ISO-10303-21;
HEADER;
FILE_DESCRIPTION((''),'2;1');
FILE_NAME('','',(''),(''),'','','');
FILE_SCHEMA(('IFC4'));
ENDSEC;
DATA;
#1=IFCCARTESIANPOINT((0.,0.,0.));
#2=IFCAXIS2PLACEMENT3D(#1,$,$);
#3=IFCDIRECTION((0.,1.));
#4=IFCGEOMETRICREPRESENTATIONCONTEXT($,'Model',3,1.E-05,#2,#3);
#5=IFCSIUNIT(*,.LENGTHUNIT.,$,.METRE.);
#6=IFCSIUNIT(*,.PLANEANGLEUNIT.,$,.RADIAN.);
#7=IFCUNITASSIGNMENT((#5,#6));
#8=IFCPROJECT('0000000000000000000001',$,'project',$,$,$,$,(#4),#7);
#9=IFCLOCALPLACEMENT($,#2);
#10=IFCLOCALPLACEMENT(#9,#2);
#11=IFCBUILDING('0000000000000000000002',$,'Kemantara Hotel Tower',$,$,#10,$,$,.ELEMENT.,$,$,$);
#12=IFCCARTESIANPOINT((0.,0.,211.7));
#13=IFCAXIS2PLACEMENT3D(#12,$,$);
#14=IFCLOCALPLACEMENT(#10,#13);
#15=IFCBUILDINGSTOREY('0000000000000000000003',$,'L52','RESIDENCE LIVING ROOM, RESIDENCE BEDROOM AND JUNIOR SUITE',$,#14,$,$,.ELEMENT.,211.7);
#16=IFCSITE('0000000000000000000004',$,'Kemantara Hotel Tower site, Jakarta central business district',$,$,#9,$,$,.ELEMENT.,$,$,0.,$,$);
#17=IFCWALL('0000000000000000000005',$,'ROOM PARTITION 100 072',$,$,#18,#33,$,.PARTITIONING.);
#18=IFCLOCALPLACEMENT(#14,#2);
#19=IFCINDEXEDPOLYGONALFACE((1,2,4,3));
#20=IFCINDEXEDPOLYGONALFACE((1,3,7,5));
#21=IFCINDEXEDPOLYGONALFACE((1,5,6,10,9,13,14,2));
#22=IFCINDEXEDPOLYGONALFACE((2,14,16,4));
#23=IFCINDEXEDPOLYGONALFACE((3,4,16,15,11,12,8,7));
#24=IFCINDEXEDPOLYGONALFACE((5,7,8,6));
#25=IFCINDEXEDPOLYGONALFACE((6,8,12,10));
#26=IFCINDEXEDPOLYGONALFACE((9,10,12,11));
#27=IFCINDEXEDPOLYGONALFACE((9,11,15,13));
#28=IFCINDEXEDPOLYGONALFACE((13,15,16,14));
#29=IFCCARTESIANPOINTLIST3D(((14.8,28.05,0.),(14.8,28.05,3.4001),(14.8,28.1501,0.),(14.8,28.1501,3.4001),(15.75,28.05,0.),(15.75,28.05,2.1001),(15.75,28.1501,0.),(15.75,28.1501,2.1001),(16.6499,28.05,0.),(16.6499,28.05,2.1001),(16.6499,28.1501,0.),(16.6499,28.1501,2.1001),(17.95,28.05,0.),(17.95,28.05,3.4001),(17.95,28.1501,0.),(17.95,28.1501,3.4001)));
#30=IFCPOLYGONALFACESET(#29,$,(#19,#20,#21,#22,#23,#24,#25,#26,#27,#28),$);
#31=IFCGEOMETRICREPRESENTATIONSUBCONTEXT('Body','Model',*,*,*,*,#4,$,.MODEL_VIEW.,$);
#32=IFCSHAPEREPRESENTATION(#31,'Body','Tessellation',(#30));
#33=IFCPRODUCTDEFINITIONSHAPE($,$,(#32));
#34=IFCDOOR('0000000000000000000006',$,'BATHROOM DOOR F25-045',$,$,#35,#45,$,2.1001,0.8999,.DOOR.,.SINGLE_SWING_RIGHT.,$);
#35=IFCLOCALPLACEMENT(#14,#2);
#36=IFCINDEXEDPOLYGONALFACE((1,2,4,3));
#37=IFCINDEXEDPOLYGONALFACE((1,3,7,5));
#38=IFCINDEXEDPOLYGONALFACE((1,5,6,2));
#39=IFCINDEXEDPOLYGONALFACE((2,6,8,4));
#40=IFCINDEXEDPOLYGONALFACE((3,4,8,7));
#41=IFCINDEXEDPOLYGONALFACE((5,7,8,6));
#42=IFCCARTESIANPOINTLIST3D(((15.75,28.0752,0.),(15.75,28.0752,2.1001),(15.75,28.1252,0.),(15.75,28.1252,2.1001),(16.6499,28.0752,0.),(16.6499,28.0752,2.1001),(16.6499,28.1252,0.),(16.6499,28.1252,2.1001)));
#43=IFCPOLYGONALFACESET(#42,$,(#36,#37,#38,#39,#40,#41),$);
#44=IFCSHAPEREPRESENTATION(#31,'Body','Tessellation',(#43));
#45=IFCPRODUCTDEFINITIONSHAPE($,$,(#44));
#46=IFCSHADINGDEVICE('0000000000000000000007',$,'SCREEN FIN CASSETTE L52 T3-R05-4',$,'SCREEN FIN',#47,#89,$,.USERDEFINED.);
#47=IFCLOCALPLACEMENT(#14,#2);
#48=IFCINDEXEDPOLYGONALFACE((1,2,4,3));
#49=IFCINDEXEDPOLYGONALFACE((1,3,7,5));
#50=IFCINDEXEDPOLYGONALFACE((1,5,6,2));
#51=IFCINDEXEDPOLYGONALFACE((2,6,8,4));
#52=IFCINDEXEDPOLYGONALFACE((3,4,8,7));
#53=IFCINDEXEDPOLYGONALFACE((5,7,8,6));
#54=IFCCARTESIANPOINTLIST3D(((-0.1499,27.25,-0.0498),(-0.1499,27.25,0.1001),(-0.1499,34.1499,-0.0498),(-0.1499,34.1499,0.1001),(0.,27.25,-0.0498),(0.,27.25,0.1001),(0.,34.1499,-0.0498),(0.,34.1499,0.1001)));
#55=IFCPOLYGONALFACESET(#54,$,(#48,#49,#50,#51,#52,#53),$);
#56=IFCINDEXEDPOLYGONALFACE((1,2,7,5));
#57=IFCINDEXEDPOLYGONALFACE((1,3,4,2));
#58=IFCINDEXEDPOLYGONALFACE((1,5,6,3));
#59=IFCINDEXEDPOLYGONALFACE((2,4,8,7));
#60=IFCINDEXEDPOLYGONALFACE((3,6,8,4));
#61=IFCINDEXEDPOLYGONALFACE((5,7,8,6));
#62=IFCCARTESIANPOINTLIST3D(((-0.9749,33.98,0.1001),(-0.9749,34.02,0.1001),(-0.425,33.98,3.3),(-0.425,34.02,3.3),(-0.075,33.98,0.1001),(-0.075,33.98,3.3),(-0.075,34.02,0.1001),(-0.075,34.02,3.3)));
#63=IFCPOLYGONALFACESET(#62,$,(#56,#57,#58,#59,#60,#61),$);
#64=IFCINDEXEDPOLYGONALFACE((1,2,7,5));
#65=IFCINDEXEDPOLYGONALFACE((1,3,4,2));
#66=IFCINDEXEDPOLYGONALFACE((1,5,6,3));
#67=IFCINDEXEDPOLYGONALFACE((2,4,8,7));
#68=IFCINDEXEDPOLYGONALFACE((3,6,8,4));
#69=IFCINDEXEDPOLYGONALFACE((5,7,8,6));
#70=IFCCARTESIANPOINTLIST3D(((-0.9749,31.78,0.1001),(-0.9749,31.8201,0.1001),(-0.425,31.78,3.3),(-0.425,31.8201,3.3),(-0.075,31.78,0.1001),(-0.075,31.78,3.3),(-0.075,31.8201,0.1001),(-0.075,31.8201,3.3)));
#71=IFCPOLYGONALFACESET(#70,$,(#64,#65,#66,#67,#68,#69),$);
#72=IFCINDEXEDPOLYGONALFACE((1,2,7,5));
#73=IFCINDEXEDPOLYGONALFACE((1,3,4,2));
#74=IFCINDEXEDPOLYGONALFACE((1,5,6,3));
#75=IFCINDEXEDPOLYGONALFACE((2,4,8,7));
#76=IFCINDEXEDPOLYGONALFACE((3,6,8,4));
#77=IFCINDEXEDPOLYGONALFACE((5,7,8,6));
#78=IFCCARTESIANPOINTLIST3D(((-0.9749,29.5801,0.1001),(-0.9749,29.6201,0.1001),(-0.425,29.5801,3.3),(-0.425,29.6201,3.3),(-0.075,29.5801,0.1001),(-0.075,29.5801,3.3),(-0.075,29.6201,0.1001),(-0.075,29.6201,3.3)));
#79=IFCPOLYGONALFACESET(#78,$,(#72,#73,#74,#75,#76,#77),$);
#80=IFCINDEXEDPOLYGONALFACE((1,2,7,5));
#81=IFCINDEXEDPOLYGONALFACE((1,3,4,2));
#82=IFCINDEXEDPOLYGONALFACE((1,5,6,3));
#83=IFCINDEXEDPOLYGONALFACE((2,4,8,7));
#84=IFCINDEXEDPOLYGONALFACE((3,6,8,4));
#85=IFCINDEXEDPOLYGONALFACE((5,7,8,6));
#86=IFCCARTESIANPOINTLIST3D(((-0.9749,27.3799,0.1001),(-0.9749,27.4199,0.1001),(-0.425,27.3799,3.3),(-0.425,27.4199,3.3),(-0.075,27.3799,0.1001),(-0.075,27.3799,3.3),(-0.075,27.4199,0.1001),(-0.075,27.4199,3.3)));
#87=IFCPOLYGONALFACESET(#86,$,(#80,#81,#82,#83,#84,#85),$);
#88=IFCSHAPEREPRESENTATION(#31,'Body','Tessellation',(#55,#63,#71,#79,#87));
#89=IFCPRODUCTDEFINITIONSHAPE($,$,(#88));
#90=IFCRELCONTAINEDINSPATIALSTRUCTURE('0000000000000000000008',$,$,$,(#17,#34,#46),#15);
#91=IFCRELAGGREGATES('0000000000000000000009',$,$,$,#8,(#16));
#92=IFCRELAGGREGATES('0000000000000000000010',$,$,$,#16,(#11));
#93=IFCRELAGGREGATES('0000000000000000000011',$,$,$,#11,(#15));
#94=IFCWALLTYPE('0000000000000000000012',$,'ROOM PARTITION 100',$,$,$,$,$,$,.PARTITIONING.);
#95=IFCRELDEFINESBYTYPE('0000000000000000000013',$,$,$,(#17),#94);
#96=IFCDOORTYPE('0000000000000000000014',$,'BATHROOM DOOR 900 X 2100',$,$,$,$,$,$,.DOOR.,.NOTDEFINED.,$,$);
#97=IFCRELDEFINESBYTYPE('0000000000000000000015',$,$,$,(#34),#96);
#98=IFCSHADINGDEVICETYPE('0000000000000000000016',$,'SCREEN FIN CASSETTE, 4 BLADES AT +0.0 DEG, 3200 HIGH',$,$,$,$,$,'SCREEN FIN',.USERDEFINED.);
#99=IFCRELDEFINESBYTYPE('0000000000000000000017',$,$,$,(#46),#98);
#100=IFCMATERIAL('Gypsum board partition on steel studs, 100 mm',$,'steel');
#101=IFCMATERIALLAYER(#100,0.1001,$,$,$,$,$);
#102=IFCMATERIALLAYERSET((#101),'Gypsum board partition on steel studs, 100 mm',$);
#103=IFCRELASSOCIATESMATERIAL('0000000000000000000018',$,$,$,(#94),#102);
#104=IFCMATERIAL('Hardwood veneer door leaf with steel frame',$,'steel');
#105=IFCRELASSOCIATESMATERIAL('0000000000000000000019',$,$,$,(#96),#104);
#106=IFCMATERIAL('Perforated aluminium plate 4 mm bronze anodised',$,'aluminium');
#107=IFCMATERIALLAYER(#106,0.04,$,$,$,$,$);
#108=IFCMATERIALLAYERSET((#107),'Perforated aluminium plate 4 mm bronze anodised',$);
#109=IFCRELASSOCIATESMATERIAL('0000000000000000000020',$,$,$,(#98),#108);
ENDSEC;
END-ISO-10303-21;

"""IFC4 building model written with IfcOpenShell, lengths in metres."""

from ifc_helpers import new_model, si_unit, direction, frame, frame_2d, origin, origin_2d, place, context, subcontext, project, spatial, polyline, rectangle, outline, extrude, source, transform, mapped, material, layer, layer_set, type_object, element, fill, save


model = new_model("IFC4")

# Units and contexts
model_context = context("Model", 3, precision=1e-05, world=origin(), true_north=direction((0.0, 1.0)))
body_context = subcontext(model_context, "Body", "Model", "MODEL_VIEW")
ifc_project = project(units=[si_unit("LENGTHUNIT", "METRE"), si_unit("PLANEANGLEUNIT", "RADIAN")], contexts=[model_context])

# Site, building, storey
site_placement = place(None, origin())
site = spatial("IfcSite", under=ifc_project, at=site_placement, Name="Kemantara Hotel Tower site, Jakarta central business district", CompositionType="ELEMENT", RefElevation=0.0)
building_placement = place(site_placement, origin())
building = spatial("IfcBuilding", under=site, at=building_placement, Name="Kemantara Hotel Tower", CompositionType="ELEMENT")
storey_placement = place(building_placement, frame((0.0, 0.0, 211.7)))
storey = spatial("IfcBuildingStorey", under=building, at=storey_placement, Name="L52", Description="RESIDENCE LIVING ROOM, RESIDENCE BEDROOM AND JUNIOR SUITE", CompositionType="ELEMENT", Elevation=211.7)

# Shared definitions
ifc_material_1 = material(Name="Hardwood veneer door leaf with steel frame", Category="steel")

# Shared definitions
ifc_material_2 = material(Name="Gypsum board partition on steel studs, 100 mm", Category="steel")
ifc_layer_1 = layer(ifc_material_2, 0.1001)
ifc_layer_set_1 = layer_set([ifc_layer_1], Name="Gypsum board partition on steel studs, 100 mm")
wall_type_1 = type_object("IfcWallType", Name="ROOM PARTITION 100", PredefinedType="PARTITIONING", material=ifc_layer_set_1)

# Shared definitions
door_type_1 = type_object("IfcDoorType", Name="BATHROOM DOOR 900 X 2100", OperationType="NOTDEFINED", PredefinedType="DOOR", material=ifc_material_1)

# Wall, opening, door
wall_1_placement = place(storey_placement, frame((17.95, 28.1001, 0.0), z_axis=(0.0, 0.0, 1.0), x_axis=(-1.0, 0.0, 0.0)))
wall_1 = element("IfcWall", 1, at=wall_1_placement, inside=storey, type_object=wall_type_1, Name="ROOM PARTITION 100 072", PredefinedType="PARTITIONING", context=body_context, shape_type="SweptSolid", body=[
    extrude(rectangle(XDim=3.1499, YDim=0.1001, at=frame_2d((1.575, 0.0))), origin(), (0.0, 0.0, 1.0), 3.4001),
])
opening_1_placement = place(wall_1_placement, frame((1.3, 0.0, 0.0)))
opening_1 = element("IfcOpeningElement", 2, at=opening_1_placement, cuts=wall_1, PredefinedType="OPENING", context=body_context, shape_type="SweptSolid", body=[
    extrude(rectangle(XDim=0.8999, YDim=2.1001, at=frame_2d((0.45, 1.05))), frame((0.0, 0.0601, 0.0), z_axis=(0.0, -1.0, 0.0), x_axis=(1.0, 0.0, 0.0)), (0.0, 0.0, 1.0), 0.1201),
])
door_1_placement = place(opening_1_placement, origin())
door_1 = element("IfcDoor", 3, at=door_1_placement, inside=storey, type_object=door_type_1, Name="BATHROOM DOOR F25-045", OperationType="SINGLE_SWING_RIGHT", OverallHeight=2.1001, OverallWidth=0.8999, PredefinedType="DOOR", context=body_context, shape_type="SweptSolid", body=[
    extrude(rectangle(XDim=0.8999, YDim=2.1001, at=frame_2d((0.45, 1.05))), frame((0.0, 0.0249, 0.0), z_axis=(0.0, -1.0, 0.0), x_axis=(1.0, 0.0, 0.0)), (0.0, 0.0, 1.0), 0.05),
])
fill(opening_1, door_1)

# Shading device
ifc_material_3 = material(Name="Perforated aluminium plate 4 mm bronze anodised", Category="aluminium")
ifc_layer_2 = layer(ifc_material_3, 0.04)
ifc_layer_set_2 = layer_set([ifc_layer_2], Name="Perforated aluminium plate 4 mm bronze anodised")
shading_device_type = type_object("IfcShadingDeviceType", Name="SCREEN FIN CASSETTE, 4 BLADES AT +0.0 DEG, 3200 HIGH", ElementType="SCREEN FIN", PredefinedType="USERDEFINED", material=ifc_layer_set_2)
shared_shape_1 = source(origin(), body_context, "Body", "SweptSolid", [
    extrude(rectangle(XDim=6.8999, YDim=0.1499, at=origin_2d()), frame((3.3, -0.075, -0.1499), z_axis=(0.0, 0.0, 1.0), x_axis=(1.0, 0.0, 0.0)), (0.0, 0.0, 1.0), 0.1499),
    extrude(outline(polyline([(0.0, 0.0), (0.8999, 0.0), (0.3501, 3.2), (0.0, 3.2), (0.0, 0.0)])), frame((0.02, -0.075, 0.0), z_axis=(-1.0, 0.0, 0.0), x_axis=(0.0, -1.0, 0.0)), (0.0, 0.0, 1.0), 0.04),
    extrude(outline(polyline([(0.0, 0.0), (0.8999, 0.0), (0.3501, 3.2), (0.0, 3.2), (0.0, 0.0)])), frame((2.22, -0.075, 0.0), z_axis=(-1.0, 0.0, 0.0), x_axis=(0.0, -1.0, 0.0)), (0.0, 0.0, 1.0), 0.04),
    extrude(outline(polyline([(0.0, 0.0), (0.8999, 0.0), (0.3501, 3.2), (0.0, 3.2), (0.0, 0.0)])), frame((4.4199, -0.075, 0.0), z_axis=(-1.0, 0.0, 0.0), x_axis=(0.0, -1.0, 0.0)), (0.0, 0.0, 1.0), 0.04),
    extrude(outline(polyline([(0.0, 0.0), (0.8999, 0.0), (0.3501, 3.2), (0.0, 3.2), (0.0, 0.0)])), frame((6.6201, -0.075, 0.0), z_axis=(-1.0, 0.0, 0.0), x_axis=(0.0, -1.0, 0.0)), (0.0, 0.0, 1.0), 0.04),
])
shading_device_placement = place(storey_placement, frame((0.0, 34.0, 0.1001), z_axis=(0.0, 0.0, 1.0), x_axis=(0.0, -1.0, 0.0)))
element("IfcShadingDevice", 4, at=shading_device_placement, inside=storey, type_object=shading_device_type, Name="SCREEN FIN CASSETTE L52 T3-R05-4", ObjectType="SCREEN FIN", PredefinedType="USERDEFINED", context=body_context, shape_type="MappedRepresentation", body=[
    mapped(shared_shape_1, transform((0.0, 0.0, 0.0))),
])

save(model, "model.ifc")
